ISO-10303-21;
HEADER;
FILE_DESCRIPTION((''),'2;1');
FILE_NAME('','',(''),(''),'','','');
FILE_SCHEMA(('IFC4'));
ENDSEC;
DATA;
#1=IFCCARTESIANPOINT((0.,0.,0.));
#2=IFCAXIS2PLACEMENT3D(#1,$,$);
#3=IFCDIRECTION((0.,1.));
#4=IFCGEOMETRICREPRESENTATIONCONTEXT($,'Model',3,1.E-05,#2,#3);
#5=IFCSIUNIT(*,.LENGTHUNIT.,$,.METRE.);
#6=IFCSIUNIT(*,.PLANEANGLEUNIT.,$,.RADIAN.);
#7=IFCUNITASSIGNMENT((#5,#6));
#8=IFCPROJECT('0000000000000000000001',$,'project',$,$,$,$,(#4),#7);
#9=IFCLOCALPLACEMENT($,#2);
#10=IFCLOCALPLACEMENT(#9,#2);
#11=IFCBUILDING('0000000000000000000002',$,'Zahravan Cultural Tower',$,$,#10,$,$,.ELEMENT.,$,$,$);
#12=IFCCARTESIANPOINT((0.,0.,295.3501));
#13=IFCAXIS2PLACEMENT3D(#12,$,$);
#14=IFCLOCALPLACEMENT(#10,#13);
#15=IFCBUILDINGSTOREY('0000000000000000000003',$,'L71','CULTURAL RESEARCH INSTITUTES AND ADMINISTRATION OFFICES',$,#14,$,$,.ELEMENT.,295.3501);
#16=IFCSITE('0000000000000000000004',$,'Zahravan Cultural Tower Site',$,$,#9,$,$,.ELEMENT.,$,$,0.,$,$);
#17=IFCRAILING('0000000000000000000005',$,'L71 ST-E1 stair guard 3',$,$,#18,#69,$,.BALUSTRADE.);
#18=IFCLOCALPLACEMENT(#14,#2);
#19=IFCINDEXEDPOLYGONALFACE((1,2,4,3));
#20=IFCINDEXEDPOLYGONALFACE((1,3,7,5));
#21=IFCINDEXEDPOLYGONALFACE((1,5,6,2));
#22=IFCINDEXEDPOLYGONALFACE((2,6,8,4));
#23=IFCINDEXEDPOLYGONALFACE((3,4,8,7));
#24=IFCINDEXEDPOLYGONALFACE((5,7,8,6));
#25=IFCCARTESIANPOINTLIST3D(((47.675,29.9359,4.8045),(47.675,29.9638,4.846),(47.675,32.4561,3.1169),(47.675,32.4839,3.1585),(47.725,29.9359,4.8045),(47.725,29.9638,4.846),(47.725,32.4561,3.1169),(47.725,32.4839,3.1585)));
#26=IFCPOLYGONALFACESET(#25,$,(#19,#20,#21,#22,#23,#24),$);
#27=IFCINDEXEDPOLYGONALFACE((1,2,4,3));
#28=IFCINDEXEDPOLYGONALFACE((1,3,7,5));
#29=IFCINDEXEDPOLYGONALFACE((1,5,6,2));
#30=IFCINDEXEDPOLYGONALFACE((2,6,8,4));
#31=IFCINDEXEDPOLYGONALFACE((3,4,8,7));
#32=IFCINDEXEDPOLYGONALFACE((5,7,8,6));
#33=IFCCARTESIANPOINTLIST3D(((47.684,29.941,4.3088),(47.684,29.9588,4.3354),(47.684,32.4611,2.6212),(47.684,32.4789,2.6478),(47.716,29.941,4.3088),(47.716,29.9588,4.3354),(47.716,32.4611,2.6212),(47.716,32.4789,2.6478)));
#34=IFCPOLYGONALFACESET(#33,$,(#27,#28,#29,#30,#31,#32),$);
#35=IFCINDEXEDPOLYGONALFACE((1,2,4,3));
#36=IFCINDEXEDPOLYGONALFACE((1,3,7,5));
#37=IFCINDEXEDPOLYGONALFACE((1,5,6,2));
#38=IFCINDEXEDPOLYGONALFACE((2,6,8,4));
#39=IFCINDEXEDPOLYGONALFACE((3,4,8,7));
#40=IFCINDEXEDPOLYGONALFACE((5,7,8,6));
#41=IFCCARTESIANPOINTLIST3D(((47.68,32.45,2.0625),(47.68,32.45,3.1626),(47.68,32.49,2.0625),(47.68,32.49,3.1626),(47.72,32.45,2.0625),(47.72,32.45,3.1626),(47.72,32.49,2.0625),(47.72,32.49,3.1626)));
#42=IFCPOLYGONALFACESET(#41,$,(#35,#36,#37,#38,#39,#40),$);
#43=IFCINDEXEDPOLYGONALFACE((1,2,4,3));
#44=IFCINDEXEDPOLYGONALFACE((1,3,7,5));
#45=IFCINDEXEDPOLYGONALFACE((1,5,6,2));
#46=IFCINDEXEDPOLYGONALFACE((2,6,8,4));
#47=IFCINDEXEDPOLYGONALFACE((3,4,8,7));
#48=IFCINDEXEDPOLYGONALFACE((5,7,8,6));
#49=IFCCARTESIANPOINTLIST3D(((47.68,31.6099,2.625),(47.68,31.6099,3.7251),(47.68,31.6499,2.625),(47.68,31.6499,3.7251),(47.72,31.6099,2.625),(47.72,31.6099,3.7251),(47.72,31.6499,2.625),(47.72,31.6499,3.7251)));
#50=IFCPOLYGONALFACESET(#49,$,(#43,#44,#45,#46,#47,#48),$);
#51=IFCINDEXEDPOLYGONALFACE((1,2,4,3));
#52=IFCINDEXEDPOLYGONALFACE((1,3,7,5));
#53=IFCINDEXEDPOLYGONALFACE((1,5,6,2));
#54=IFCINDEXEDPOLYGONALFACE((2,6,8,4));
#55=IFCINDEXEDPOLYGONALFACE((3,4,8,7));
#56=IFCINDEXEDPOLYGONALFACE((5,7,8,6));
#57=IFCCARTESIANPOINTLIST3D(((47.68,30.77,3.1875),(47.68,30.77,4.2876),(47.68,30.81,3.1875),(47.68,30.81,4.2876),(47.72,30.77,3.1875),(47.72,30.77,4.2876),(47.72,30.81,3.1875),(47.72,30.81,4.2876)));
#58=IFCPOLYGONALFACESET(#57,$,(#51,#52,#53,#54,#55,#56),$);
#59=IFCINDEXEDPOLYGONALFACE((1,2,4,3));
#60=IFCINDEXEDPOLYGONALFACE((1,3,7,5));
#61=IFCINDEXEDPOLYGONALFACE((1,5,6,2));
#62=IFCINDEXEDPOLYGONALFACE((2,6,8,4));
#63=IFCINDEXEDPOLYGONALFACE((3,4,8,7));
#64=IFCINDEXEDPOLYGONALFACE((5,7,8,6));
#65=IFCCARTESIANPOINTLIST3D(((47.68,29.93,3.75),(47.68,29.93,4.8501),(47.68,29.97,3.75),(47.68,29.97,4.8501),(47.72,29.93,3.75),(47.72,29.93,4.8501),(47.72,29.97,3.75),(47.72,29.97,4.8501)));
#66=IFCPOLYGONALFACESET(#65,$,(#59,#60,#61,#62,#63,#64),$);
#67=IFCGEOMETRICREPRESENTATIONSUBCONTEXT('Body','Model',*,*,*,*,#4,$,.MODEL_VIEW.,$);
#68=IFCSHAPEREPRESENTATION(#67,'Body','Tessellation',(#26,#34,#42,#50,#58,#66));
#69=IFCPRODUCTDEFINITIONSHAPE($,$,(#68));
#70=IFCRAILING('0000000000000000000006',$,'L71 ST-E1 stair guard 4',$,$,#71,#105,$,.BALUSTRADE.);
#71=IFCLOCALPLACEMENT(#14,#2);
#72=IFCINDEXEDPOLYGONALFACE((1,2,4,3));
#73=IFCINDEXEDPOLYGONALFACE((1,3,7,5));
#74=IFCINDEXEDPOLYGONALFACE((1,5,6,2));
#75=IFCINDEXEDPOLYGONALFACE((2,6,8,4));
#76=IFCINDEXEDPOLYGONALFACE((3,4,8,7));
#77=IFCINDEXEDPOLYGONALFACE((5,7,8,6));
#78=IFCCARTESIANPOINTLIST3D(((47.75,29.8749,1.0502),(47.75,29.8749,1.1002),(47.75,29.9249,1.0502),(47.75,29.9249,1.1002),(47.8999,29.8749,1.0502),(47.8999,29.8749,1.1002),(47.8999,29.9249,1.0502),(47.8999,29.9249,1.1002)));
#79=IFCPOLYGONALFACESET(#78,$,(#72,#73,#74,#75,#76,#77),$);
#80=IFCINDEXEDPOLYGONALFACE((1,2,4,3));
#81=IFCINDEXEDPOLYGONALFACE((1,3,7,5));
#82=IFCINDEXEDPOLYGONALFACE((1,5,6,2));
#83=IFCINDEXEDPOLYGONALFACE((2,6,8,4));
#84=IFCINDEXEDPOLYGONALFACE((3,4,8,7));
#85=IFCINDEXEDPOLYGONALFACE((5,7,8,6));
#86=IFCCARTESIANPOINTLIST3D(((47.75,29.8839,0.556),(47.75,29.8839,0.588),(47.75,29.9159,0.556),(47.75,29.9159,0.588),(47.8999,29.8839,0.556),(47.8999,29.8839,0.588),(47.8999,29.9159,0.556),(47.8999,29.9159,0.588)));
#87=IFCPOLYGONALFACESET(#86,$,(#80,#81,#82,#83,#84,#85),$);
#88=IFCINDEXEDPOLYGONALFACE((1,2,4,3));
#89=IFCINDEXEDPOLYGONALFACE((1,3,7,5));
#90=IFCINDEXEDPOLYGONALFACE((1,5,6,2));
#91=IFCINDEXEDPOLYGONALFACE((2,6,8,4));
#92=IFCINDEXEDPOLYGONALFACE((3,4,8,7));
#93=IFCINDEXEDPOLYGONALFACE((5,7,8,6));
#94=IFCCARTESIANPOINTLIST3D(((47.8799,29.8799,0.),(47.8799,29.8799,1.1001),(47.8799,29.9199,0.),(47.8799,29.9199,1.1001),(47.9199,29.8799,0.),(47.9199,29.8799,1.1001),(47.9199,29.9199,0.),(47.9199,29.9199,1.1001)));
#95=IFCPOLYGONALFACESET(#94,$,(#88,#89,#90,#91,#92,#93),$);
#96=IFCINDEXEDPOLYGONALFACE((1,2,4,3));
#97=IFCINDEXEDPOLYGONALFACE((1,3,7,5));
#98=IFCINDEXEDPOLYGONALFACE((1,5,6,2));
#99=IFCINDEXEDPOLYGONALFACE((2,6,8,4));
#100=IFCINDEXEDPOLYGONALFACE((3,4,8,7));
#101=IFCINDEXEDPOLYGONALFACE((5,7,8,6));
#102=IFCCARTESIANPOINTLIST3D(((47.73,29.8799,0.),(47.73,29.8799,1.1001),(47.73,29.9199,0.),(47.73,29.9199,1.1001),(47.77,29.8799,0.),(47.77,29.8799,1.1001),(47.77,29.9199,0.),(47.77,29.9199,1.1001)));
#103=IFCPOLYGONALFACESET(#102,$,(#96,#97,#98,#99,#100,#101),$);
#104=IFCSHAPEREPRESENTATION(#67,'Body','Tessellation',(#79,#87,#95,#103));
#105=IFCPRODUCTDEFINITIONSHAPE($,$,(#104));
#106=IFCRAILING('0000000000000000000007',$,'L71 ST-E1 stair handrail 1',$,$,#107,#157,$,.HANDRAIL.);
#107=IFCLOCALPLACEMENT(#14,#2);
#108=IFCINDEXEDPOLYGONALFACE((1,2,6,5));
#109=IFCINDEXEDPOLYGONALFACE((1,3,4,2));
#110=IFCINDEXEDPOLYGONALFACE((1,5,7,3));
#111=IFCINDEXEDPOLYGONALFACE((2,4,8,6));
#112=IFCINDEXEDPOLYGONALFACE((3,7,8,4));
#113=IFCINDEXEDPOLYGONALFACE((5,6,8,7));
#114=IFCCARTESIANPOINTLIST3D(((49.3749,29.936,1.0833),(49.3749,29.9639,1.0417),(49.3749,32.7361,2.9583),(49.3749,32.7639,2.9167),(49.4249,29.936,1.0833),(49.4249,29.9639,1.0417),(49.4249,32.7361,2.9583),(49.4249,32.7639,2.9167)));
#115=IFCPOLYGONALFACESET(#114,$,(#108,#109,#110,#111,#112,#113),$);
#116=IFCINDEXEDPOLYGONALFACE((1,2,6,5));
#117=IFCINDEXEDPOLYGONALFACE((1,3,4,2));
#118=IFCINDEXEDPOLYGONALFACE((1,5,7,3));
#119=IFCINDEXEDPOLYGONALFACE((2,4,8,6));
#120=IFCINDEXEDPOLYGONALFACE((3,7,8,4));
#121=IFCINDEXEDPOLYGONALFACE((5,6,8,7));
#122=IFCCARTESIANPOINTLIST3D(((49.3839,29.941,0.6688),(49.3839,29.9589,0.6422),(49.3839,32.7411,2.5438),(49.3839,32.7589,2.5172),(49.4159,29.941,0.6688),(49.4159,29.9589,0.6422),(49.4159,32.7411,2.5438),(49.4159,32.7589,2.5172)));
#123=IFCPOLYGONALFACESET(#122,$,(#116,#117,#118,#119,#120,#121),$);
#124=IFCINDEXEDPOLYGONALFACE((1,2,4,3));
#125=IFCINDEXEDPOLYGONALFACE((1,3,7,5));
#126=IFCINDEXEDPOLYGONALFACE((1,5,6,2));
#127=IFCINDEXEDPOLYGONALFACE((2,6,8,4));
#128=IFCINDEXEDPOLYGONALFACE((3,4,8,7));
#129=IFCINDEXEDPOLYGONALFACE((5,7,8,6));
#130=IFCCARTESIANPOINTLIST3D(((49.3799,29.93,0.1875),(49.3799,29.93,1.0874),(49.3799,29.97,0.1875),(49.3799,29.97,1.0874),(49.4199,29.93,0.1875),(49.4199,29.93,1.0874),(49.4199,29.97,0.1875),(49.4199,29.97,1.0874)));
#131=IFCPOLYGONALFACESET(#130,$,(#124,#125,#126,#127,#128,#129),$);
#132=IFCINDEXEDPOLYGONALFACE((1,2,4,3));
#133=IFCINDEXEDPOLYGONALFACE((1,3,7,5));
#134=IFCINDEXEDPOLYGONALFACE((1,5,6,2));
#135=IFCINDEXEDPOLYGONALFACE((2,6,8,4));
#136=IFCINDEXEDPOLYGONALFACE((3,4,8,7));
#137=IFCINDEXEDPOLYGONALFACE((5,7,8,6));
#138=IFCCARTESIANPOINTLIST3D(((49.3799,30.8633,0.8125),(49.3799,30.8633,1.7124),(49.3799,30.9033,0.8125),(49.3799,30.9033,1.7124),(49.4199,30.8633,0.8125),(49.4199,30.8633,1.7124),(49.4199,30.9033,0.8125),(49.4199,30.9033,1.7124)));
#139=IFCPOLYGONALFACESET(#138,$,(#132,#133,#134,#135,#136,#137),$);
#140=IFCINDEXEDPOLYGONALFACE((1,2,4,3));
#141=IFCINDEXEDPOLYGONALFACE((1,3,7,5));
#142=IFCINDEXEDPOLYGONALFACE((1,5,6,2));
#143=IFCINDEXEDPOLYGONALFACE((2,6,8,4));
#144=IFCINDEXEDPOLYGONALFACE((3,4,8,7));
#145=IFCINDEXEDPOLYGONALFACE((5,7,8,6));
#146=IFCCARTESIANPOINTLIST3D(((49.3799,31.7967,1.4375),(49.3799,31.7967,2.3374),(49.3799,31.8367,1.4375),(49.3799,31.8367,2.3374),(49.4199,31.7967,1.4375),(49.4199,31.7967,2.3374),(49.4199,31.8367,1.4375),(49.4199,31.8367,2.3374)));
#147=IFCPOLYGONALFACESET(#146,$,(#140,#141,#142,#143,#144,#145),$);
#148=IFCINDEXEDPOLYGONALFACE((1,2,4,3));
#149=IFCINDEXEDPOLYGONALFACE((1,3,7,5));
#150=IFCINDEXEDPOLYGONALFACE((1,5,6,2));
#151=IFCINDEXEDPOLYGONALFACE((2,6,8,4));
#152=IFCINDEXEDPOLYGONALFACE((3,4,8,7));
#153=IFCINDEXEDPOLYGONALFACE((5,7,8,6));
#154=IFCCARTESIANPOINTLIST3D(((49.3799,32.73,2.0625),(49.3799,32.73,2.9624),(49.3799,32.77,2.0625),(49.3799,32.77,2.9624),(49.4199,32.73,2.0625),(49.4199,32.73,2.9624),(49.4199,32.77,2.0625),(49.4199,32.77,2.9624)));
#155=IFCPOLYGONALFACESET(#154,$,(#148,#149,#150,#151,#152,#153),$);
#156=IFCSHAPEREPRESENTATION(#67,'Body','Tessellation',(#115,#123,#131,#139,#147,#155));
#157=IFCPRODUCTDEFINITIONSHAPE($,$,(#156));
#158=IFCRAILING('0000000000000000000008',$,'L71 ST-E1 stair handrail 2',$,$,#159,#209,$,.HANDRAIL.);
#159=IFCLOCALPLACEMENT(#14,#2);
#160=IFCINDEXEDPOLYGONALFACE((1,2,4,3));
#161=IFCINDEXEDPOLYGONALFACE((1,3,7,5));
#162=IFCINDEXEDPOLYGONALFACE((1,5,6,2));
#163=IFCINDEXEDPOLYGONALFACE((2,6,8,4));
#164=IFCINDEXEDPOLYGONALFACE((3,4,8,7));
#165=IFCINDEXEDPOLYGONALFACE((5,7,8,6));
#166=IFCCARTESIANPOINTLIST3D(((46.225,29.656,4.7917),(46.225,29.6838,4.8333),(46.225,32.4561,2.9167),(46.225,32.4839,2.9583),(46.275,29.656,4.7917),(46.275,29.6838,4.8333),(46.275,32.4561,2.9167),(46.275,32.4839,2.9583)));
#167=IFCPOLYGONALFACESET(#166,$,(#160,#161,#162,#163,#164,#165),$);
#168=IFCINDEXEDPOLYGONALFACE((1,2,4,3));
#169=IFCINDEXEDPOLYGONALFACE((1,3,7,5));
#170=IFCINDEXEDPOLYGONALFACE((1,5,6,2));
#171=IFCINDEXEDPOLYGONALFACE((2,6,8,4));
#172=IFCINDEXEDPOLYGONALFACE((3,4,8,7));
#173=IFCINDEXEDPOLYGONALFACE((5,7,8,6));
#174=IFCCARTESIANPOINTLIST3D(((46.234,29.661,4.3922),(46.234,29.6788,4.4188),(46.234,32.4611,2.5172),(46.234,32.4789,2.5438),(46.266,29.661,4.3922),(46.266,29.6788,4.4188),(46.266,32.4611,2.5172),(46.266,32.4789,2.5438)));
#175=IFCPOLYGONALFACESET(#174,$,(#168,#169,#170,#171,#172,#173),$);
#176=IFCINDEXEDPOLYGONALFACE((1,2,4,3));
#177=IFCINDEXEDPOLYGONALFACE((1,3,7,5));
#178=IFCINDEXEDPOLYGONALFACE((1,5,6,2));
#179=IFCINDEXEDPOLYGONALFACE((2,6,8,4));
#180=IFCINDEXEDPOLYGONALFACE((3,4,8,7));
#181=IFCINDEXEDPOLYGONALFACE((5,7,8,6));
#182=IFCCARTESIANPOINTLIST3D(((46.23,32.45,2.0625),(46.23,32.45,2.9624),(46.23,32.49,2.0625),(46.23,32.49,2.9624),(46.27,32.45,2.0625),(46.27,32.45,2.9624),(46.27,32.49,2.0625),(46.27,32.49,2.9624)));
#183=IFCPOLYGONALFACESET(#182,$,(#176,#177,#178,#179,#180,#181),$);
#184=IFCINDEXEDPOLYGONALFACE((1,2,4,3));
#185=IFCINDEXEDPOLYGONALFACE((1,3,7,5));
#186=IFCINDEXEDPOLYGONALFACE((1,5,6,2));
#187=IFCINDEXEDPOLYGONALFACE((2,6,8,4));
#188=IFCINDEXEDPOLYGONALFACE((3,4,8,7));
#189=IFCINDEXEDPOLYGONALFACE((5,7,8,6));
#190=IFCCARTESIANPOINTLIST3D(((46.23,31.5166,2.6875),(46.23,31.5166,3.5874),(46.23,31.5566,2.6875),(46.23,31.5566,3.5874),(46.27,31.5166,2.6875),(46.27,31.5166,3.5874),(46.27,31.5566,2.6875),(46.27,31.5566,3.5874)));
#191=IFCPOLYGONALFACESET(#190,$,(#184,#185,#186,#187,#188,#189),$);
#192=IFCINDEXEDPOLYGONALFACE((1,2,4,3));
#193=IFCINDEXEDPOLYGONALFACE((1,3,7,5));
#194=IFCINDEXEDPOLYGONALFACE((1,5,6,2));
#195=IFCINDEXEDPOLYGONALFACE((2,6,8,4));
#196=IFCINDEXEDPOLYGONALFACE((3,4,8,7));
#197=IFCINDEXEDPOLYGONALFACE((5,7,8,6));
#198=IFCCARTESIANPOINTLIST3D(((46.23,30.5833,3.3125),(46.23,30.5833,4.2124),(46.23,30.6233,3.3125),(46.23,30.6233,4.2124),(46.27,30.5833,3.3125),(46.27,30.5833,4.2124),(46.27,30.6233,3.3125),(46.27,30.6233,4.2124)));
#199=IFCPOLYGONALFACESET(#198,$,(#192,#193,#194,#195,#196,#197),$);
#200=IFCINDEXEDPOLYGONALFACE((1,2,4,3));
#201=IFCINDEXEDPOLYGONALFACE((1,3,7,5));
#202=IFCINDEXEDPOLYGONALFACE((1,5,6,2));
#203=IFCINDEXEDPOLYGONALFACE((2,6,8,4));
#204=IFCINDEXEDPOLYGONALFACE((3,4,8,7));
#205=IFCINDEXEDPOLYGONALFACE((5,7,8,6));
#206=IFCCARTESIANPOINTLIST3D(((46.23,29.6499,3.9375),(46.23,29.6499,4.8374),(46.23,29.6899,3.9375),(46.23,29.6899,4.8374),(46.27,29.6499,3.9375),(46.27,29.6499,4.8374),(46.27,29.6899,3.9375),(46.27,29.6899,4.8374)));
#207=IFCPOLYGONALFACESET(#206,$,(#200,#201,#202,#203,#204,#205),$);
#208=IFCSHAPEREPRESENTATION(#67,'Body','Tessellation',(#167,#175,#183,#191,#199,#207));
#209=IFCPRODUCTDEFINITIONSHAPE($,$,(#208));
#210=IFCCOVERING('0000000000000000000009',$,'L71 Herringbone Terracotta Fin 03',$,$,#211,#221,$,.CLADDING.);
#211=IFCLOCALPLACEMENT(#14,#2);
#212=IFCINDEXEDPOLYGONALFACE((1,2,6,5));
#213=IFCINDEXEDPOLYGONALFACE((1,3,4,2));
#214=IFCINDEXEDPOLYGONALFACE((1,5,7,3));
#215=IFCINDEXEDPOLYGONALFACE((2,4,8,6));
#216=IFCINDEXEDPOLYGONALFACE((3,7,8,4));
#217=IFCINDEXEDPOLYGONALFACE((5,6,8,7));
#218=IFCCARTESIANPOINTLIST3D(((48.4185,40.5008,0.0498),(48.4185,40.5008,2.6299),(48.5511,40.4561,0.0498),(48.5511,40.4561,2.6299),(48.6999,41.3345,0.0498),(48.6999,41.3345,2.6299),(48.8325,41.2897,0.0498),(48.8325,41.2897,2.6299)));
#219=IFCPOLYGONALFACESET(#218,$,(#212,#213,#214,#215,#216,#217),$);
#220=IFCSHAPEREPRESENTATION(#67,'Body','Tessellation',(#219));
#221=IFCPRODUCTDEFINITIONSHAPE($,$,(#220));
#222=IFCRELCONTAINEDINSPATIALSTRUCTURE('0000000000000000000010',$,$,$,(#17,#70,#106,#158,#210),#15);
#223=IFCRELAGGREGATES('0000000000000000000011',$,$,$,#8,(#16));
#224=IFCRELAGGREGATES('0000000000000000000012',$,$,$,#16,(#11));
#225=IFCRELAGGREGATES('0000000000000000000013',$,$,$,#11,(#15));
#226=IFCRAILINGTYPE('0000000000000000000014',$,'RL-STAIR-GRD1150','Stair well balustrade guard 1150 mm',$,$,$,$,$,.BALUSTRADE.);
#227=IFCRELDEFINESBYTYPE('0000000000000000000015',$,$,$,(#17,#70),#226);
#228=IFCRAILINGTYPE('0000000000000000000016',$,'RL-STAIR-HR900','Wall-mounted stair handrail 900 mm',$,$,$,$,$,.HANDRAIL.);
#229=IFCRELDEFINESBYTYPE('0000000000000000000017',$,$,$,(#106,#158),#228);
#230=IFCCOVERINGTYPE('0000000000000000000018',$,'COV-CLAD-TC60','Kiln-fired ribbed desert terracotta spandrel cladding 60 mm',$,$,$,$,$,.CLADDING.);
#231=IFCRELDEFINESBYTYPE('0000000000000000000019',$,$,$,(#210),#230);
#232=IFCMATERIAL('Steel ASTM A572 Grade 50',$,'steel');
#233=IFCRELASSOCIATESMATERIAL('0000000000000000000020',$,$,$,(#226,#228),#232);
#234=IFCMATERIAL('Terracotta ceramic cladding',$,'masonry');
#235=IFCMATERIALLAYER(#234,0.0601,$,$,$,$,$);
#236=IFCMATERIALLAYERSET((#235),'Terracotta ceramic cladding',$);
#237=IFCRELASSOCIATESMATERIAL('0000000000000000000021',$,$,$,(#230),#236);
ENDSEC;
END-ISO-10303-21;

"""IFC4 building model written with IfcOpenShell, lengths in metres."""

from ifc_helpers import new_model, si_unit, direction, frame, origin, origin_2d, place, context, subcontext, project, spatial, rectangle, extrude, source, transform, mapped, material, layer, layer_set, type_object, element, save


model = new_model("IFC4")

# Units and contexts
model_context = context("Model", 3, precision=1e-05, world=origin(), true_north=direction((0.0, 1.0)))
body_context = subcontext(model_context, "Body", "Model", "MODEL_VIEW")
ifc_project = project(units=[si_unit("LENGTHUNIT", "METRE"), si_unit("PLANEANGLEUNIT", "RADIAN")], contexts=[model_context])

# Site, building, storey
site_placement = place(None, origin())
site = spatial("IfcSite", under=ifc_project, at=site_placement, Name="Zahravan Cultural Tower Site", CompositionType="ELEMENT", RefElevation=0.0)
building_placement = place(site_placement, origin())
building = spatial("IfcBuilding", under=site, at=building_placement, Name="Zahravan Cultural Tower", CompositionType="ELEMENT")
storey_placement = place(building_placement, frame((0.0, 0.0, 295.3501)))
storey = spatial("IfcBuildingStorey", under=building, at=storey_placement, Name="L71", Description="CULTURAL RESEARCH INSTITUTES AND ADMINISTRATION OFFICES", CompositionType="ELEMENT", Elevation=295.3501)

# Railings
ifc_material_1 = material(Name="Steel ASTM A572 Grade 50", Category="steel")
railing_type_1 = type_object("IfcRailingType", Name="RL-STAIR-GRD1150", Description="Stair well balustrade guard 1150 mm", PredefinedType="BALUSTRADE", material=ifc_material_1)
railing_1_placement = place(storey_placement, frame((47.7, 32.47, 2.0625)))
element("IfcRailing", 1, at=railing_1_placement, inside=storey, type_object=railing_type_1, Name="L71 ST-E1 stair guard 3", PredefinedType="BALUSTRADE", context=body_context, shape_type="SweptSolid", body=[
    extrude(rectangle(XDim=0.05, YDim=0.05, at=origin_2d()), frame((0.0, 0.0, 1.0752), z_axis=(0.0, -0.830909, 0.556408), x_axis=(1.0, 0.0, 0.0)), (0.0, 0.0, 1.0), 3.033),
    extrude(rectangle(XDim=0.032, YDim=0.032, at=origin_2d()), frame((0.0, 0.0, 0.572), z_axis=(0.0, -0.830909, 0.556408), x_axis=(1.0, 0.0, 0.0)), (0.0, 0.0, 1.0), 3.033),
    extrude(rectangle(XDim=0.04, YDim=0.04, at=origin_2d()), origin(), (0.0, 0.0, 1.0), 1.1001),
    extrude(rectangle(XDim=0.04, YDim=0.04, at=origin_2d()), frame((0.0, -0.8401, 0.5625)), (0.0, 0.0, 1.0), 1.1001),
    extrude(rectangle(XDim=0.04, YDim=0.04, at=origin_2d()), frame((0.0, -1.6799, 1.125)), (0.0, 0.0, 1.0), 1.1001),
    extrude(rectangle(XDim=0.04, YDim=0.04, at=origin_2d()), frame((0.0, -2.52, 1.6875)), (0.0, 0.0, 1.0), 1.1001),
])
railing_2_placement = place(storey_placement, frame((47.8999, 29.8999, 0.0)))
element("IfcRailing", 2, at=railing_2_placement, inside=storey, type_object=railing_type_1, Name="L71 ST-E1 stair guard 4", PredefinedType="BALUSTRADE", context=body_context, shape_type="SweptSolid", body=[
    extrude(rectangle(XDim=0.05, YDim=0.05, at=origin_2d()), frame((0.0, 0.0, 1.0752), z_axis=(-1.0, 0.0, 0.0), x_axis=(0.0, -1.0, 0.0)), (0.0, 0.0, 1.0), 0.1499),
    extrude(rectangle(XDim=0.032, YDim=0.032, at=origin_2d()), frame((0.0, 0.0, 0.572), z_axis=(-1.0, 0.0, 0.0), x_axis=(0.0, -1.0, 0.0)), (0.0, 0.0, 1.0), 0.1499),
    extrude(rectangle(XDim=0.04, YDim=0.04, at=origin_2d()), origin(), (0.0, 0.0, 1.0), 1.1001),
    extrude(rectangle(XDim=0.04, YDim=0.04, at=origin_2d()), frame((-0.1499, 0.0, 0.0)), (0.0, 0.0, 1.0), 1.1001),
])
railing_type_2 = type_object("IfcRailingType", Name="RL-STAIR-HR900", Description="Wall-mounted stair handrail 900 mm", PredefinedType="HANDRAIL", material=ifc_material_1)
railing_3_placement = place(storey_placement, frame((49.3999, 29.95, 0.1875)))
element("IfcRailing", 3, at=railing_3_placement, inside=storey, type_object=railing_type_2, Name="L71 ST-E1 stair handrail 1", PredefinedType="HANDRAIL", context=body_context, shape_type="SweptSolid", body=[
    extrude(rectangle(XDim=0.05, YDim=0.05, at=origin_2d()), frame((0.0, 0.0, 0.875), z_axis=(0.0, 0.830912, 0.556404), x_axis=(-1.0, 0.0, 0.0)), (0.0, 0.0, 1.0), 3.3699),
    extrude(rectangle(XDim=0.032, YDim=0.032, at=origin_2d()), frame((0.0, 0.0, 0.468), z_axis=(0.0, 0.830912, 0.556404), x_axis=(-1.0, 0.0, 0.0)), (0.0, 0.0, 1.0), 3.3699),
    extrude(rectangle(XDim=0.04, YDim=0.04, at=origin_2d()), origin(), (0.0, 0.0, 1.0), 0.8999),
    extrude(rectangle(XDim=0.04, YDim=0.04, at=origin_2d()), frame((0.0, 0.9333, 0.625)), (0.0, 0.0, 1.0), 0.8999),
    extrude(rectangle(XDim=0.04, YDim=0.04, at=origin_2d()), frame((0.0, 1.8667, 1.25)), (0.0, 0.0, 1.0), 0.8999),
    extrude(rectangle(XDim=0.04, YDim=0.04, at=origin_2d()), frame((0.0, 2.8, 1.875)), (0.0, 0.0, 1.0), 0.8999),
])
railing_4_placement = place(storey_placement, frame((46.25, 32.47, 2.0625)))
element("IfcRailing", 4, at=railing_4_placement, inside=storey, type_object=railing_type_2, Name="L71 ST-E1 stair handrail 2", PredefinedType="HANDRAIL", context=body_context, shape_type="SweptSolid", body=[
    extrude(rectangle(XDim=0.05, YDim=0.05, at=origin_2d()), frame((0.0, 0.0, 0.875), z_axis=(0.0, -0.830912, 0.556404), x_axis=(1.0, 0.0, 0.0)), (0.0, 0.0, 1.0), 3.3699),
    extrude(rectangle(XDim=0.032, YDim=0.032, at=origin_2d()), frame((0.0, 0.0, 0.468), z_axis=(0.0, -0.830912, 0.556404), x_axis=(1.0, 0.0, 0.0)), (0.0, 0.0, 1.0), 3.3699),
    extrude(rectangle(XDim=0.04, YDim=0.04, at=origin_2d()), origin(), (0.0, 0.0, 1.0), 0.8999),
    extrude(rectangle(XDim=0.04, YDim=0.04, at=origin_2d()), frame((0.0, -0.9333, 0.625)), (0.0, 0.0, 1.0), 0.8999),
    extrude(rectangle(XDim=0.04, YDim=0.04, at=origin_2d()), frame((0.0, -1.8667, 1.25)), (0.0, 0.0, 1.0), 0.8999),
    extrude(rectangle(XDim=0.04, YDim=0.04, at=origin_2d()), frame((0.0, -2.8, 1.875)), (0.0, 0.0, 1.0), 0.8999),
])

# Covering
ifc_material_2 = material(Name="Terracotta ceramic cladding", Category="masonry")
ifc_layer_1 = layer(ifc_material_2, 0.0601)
ifc_layer_set_1 = layer_set([ifc_layer_1], Name="Terracotta ceramic cladding")
covering_type = type_object("IfcCoveringType", Name="COV-CLAD-TC60", Description="Kiln-fired ribbed desert terracotta spandrel cladding 60 mm", PredefinedType="CLADDING", material=ifc_layer_set_1)
shared_shape_1 = source(origin(), body_context, "Body", "SweptSolid", [
    extrude(rectangle(XDim=0.8799, YDim=0.1399, at=origin_2d()), origin(), (0.0, 0.0, 1.0), 2.5801),
])
for number, where, z_axis, x_axis, name in (
    (5, (48.6255, 40.8953, 0.0498), (0.0, 0.0, 1.0), (0.319819, 0.947479, 0.0), "L71 Herringbone Terracotta Fin 03"),
):
    element("IfcCovering", number, at=place(storey_placement, frame(where, z_axis=z_axis, x_axis=x_axis)), inside=storey, type_object=covering_type, Name=name, PredefinedType="CLADDING", context=body_context, shape_type="MappedRepresentation", body=[
        mapped(shared_shape_1, transform((0.0, 0.0, 0.0), x_axis=(1.0, 0.0, 0.0), y_axis=(0.0, 1.0, 0.0), z_axis=(0.0, 0.0, 1.0), scale=1.0)),
    ])

save(model, "model.ifc")
